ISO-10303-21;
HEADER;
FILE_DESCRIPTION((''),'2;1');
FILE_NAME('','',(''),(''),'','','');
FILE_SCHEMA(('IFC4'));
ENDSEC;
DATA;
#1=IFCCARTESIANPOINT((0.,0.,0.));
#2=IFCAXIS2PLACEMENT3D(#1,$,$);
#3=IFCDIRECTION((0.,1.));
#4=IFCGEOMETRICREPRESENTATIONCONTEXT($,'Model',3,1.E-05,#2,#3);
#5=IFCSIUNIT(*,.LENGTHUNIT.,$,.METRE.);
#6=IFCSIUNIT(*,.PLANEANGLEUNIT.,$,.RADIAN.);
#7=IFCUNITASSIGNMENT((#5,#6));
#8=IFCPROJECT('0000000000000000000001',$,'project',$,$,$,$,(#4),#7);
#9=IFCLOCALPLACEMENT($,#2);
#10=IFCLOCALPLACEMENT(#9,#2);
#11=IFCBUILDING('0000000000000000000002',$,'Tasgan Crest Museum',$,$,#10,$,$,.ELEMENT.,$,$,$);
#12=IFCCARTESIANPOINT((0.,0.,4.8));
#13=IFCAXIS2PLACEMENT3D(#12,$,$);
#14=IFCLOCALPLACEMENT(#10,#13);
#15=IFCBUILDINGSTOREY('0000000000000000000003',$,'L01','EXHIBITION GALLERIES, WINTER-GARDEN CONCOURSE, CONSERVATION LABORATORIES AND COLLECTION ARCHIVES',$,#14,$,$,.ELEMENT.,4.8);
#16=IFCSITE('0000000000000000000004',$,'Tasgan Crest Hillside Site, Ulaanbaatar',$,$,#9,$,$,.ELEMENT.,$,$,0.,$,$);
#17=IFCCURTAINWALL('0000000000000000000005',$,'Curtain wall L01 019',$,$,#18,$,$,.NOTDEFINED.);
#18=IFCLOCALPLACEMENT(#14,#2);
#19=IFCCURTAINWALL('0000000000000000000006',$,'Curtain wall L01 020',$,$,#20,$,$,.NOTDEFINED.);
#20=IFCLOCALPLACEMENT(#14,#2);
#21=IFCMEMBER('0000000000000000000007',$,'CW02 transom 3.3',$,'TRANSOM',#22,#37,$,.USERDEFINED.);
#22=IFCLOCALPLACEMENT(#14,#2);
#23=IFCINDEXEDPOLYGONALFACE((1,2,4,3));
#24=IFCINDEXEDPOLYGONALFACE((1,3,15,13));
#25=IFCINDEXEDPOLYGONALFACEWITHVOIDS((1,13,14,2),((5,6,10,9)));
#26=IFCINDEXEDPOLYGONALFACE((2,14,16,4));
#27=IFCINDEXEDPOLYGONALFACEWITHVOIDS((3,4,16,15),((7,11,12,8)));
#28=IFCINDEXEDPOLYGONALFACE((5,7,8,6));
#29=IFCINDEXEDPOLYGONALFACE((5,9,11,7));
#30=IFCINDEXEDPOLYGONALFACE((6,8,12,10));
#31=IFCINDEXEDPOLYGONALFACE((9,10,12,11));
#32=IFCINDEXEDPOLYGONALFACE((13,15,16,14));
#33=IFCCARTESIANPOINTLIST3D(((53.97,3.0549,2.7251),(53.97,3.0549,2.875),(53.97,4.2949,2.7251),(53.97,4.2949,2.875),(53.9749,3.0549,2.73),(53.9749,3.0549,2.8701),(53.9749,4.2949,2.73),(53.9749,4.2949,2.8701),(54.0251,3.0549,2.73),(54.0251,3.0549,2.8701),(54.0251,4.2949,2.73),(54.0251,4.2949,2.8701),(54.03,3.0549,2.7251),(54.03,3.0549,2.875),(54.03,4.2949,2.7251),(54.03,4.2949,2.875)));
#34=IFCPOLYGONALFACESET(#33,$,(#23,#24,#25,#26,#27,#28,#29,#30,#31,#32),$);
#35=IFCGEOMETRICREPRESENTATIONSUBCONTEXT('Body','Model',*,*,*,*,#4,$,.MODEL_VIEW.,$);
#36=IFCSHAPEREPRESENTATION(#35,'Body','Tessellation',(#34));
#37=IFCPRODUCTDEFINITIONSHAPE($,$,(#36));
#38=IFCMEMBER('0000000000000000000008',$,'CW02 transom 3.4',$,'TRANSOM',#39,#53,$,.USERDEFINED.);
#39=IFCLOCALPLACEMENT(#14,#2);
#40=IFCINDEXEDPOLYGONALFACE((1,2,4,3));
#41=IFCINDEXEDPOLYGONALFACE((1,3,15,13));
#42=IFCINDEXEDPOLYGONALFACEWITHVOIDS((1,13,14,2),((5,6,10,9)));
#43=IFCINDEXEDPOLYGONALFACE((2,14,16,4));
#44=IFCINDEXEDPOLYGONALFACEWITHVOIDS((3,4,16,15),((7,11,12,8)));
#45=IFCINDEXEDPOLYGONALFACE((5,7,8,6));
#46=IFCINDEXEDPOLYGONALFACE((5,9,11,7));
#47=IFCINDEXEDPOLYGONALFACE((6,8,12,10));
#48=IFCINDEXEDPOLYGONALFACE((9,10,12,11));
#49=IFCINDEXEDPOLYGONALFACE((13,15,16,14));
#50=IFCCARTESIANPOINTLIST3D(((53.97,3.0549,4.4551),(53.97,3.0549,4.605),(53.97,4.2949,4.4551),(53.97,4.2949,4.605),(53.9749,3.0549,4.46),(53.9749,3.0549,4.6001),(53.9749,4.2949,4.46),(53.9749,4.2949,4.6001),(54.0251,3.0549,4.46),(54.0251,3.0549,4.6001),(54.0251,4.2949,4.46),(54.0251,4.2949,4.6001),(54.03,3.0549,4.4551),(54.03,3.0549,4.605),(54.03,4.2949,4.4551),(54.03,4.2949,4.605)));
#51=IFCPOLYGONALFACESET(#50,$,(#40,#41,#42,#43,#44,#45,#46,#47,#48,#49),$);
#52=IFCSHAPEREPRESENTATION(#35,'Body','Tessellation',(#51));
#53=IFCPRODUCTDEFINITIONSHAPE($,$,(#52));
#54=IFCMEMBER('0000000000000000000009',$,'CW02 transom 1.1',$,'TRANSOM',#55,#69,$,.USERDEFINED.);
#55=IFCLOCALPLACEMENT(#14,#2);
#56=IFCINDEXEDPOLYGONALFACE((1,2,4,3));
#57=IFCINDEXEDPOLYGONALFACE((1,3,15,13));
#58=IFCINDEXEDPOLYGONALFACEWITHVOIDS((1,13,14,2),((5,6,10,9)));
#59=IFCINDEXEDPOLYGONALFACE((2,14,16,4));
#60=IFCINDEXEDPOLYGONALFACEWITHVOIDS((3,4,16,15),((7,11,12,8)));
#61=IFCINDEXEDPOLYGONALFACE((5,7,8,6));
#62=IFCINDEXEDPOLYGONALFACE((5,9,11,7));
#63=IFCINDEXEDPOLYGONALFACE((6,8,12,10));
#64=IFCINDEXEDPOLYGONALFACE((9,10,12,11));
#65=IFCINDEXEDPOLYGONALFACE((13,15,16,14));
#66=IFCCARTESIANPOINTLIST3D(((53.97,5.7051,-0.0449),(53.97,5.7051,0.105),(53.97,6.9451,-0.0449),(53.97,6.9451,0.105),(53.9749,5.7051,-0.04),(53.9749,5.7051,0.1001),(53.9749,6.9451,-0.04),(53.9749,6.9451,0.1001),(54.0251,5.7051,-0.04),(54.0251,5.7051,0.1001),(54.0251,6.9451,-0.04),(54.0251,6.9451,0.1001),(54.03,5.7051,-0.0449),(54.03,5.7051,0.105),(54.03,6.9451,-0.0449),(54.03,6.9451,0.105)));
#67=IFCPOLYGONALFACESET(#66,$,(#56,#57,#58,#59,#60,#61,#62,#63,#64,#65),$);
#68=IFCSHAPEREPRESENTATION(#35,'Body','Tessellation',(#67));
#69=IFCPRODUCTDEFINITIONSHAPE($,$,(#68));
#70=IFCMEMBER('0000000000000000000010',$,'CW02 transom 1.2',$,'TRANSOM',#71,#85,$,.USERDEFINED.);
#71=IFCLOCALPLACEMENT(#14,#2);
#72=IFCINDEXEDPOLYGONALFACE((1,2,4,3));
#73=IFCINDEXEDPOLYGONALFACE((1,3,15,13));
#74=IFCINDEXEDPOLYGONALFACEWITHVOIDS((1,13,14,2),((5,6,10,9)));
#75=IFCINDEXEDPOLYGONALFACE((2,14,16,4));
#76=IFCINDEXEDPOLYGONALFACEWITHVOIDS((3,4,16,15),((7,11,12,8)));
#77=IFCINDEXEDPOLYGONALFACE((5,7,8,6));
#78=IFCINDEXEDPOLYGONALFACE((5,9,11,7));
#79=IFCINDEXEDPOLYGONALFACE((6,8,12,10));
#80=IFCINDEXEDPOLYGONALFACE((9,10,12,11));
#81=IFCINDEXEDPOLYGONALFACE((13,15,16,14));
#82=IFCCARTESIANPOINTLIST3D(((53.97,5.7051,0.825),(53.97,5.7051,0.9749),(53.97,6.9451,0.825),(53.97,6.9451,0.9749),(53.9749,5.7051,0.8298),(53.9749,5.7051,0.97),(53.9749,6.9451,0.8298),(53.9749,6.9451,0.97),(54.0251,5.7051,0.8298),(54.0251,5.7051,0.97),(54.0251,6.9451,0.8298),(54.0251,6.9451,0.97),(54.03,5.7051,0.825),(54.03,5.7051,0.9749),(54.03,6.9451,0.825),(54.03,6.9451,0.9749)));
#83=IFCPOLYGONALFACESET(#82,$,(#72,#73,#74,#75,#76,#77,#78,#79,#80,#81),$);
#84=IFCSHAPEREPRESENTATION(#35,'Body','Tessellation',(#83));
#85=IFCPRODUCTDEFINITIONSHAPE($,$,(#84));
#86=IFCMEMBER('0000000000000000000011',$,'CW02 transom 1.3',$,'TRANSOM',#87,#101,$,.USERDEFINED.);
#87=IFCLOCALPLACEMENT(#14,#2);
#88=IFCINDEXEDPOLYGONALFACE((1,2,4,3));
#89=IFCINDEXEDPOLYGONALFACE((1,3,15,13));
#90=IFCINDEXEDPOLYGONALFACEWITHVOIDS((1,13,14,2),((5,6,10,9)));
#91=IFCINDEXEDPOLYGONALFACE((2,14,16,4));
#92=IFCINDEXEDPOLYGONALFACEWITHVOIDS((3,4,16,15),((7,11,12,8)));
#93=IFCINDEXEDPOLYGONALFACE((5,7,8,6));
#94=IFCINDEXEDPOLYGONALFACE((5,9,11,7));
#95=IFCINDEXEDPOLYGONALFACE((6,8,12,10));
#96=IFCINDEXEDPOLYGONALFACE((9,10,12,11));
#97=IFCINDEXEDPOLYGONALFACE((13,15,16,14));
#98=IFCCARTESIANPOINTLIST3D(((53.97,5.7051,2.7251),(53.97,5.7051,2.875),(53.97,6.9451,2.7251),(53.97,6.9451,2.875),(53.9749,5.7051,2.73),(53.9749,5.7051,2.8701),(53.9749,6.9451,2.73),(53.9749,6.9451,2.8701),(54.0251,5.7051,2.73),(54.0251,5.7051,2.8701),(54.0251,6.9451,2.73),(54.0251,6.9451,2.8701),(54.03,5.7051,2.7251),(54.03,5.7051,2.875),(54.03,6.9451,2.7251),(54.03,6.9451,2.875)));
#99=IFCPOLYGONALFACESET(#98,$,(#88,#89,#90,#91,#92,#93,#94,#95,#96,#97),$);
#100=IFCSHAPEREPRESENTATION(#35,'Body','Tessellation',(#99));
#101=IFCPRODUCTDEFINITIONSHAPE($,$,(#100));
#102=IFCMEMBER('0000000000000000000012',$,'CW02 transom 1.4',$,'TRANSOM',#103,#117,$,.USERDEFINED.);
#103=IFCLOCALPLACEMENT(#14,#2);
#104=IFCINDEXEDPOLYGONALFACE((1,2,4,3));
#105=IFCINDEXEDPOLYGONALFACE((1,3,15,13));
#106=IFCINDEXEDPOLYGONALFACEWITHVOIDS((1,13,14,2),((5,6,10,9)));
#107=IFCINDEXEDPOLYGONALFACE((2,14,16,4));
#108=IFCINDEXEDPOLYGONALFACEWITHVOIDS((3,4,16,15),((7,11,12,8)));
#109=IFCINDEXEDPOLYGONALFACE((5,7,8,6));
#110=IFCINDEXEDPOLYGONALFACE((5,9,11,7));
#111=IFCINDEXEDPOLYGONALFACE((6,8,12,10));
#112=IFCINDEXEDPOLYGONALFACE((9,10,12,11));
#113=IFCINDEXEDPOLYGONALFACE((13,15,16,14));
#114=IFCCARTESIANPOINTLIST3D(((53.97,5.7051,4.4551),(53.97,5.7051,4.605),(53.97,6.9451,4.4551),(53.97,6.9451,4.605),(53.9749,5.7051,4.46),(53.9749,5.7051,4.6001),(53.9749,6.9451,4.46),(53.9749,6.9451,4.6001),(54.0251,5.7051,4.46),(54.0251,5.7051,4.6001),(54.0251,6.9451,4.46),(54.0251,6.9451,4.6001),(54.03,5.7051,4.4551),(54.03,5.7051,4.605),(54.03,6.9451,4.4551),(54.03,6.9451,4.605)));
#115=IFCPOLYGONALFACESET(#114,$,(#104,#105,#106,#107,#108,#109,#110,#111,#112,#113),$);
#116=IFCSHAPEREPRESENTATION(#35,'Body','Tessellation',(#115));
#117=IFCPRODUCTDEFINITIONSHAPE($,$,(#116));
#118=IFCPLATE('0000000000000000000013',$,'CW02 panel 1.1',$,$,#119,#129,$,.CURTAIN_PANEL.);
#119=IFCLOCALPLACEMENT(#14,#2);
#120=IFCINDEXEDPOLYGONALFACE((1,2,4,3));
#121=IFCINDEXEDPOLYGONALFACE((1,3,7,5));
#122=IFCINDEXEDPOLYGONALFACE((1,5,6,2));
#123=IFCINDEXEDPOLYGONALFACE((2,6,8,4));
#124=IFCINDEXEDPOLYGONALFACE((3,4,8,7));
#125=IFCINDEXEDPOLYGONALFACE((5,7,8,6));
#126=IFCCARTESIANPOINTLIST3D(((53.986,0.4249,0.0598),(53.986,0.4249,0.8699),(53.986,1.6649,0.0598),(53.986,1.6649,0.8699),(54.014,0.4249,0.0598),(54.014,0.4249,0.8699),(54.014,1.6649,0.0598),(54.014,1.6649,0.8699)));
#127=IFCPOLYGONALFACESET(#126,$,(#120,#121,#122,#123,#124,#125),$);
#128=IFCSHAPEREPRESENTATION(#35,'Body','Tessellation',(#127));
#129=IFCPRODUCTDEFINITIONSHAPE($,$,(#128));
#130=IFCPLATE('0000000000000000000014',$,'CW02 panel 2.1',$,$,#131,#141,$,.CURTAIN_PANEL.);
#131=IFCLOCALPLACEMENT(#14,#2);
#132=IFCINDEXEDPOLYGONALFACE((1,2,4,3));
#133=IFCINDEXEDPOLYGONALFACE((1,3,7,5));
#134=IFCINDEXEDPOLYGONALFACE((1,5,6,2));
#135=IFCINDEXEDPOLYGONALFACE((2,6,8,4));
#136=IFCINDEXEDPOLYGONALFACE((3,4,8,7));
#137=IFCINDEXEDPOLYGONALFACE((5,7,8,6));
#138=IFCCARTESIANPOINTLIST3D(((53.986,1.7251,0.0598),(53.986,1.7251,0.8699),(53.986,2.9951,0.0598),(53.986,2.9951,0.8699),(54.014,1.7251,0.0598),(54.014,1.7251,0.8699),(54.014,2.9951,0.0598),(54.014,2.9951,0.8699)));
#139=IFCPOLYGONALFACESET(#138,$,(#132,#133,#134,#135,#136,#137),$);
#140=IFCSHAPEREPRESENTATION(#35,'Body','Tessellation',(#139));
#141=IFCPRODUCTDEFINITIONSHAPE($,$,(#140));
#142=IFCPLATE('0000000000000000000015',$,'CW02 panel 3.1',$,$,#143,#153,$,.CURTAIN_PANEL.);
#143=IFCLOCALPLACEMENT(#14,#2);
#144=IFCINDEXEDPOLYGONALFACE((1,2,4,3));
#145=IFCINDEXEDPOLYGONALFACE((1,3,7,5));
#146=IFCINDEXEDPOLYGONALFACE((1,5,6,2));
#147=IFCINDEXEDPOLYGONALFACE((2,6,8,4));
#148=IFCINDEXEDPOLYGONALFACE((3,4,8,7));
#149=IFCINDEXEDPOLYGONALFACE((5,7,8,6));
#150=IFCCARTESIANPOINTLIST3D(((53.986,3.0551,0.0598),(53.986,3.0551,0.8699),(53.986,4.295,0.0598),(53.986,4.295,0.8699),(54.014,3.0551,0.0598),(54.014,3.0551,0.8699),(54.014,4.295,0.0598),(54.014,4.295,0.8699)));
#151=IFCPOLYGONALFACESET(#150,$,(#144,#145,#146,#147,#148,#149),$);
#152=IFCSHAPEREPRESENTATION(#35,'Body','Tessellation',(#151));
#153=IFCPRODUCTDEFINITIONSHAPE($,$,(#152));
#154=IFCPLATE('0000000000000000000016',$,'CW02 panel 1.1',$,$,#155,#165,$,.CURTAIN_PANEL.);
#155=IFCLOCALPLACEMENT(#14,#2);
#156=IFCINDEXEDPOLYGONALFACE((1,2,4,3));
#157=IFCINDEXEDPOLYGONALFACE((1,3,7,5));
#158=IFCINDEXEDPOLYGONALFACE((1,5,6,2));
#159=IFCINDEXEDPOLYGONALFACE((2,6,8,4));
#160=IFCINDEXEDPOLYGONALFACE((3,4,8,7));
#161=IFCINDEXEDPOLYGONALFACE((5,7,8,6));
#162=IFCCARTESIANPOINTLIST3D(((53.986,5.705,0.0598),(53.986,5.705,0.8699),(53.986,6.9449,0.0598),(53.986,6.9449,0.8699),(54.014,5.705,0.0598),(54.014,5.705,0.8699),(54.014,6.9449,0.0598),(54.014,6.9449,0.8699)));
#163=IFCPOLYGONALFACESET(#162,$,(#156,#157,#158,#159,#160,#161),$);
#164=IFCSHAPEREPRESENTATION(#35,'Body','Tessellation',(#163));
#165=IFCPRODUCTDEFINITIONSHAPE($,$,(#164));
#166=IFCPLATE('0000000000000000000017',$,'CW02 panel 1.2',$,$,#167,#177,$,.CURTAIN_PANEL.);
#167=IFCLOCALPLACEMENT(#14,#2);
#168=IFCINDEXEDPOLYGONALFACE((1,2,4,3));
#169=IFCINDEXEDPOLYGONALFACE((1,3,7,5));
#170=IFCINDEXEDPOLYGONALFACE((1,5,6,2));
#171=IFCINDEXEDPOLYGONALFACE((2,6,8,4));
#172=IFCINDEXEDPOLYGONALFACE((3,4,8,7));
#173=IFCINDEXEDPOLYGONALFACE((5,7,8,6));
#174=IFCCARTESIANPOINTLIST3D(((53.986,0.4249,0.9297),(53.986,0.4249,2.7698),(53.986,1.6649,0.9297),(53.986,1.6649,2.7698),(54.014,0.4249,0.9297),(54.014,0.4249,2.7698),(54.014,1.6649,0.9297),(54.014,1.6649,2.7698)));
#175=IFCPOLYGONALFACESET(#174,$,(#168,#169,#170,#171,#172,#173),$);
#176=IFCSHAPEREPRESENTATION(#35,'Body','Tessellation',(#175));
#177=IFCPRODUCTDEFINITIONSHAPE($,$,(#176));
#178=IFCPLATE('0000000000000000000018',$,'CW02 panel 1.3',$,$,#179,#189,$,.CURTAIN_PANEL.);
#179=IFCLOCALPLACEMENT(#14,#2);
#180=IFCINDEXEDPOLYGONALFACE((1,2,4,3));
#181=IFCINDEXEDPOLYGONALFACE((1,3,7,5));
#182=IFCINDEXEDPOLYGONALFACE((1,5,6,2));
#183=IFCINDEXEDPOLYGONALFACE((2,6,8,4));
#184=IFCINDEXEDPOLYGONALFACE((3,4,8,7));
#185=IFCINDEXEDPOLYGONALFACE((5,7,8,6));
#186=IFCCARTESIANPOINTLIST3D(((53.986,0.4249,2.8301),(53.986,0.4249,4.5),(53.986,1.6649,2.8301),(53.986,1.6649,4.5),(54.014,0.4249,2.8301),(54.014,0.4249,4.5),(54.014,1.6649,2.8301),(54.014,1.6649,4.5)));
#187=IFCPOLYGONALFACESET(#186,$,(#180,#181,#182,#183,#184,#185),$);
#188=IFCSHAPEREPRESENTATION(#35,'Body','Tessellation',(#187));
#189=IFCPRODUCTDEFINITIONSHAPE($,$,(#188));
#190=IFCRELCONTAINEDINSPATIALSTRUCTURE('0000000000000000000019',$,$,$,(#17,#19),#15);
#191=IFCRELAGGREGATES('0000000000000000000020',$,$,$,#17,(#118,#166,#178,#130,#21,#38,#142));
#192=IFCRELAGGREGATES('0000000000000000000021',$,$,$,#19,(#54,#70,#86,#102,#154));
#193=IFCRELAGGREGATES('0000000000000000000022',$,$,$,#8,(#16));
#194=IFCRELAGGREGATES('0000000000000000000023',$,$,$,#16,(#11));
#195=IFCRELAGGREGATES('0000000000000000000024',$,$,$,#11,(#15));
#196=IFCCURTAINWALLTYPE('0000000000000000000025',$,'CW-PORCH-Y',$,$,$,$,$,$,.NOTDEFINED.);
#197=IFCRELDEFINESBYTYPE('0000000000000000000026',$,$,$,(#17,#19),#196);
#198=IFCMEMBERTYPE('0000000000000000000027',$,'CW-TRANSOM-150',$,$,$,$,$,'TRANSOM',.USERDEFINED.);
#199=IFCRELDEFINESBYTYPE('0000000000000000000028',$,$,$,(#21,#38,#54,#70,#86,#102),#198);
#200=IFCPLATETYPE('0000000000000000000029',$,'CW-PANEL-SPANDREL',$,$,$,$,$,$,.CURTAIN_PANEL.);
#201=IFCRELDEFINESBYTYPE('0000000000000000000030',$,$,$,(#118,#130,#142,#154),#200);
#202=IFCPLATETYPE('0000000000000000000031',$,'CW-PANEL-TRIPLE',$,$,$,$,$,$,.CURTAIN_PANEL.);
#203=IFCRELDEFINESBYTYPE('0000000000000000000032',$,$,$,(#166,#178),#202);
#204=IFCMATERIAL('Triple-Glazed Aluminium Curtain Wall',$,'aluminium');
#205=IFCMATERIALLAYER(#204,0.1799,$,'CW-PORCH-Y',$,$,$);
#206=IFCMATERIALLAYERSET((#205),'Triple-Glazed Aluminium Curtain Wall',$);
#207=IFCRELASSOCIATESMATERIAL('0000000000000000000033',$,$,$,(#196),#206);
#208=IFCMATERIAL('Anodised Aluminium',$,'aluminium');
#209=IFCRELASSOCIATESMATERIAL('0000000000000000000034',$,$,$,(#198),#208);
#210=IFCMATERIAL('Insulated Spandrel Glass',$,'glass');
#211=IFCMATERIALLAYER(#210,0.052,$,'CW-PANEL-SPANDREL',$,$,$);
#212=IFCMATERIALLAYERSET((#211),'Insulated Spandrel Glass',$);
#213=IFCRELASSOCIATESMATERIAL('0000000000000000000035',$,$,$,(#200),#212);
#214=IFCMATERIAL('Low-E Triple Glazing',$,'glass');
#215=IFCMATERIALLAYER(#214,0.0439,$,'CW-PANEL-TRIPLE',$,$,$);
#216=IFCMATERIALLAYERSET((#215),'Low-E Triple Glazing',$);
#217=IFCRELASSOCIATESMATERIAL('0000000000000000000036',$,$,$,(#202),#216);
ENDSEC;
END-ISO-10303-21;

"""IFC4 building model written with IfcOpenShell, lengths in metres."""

from ifc_helpers import new_model, si_unit, direction, frame, origin, origin_2d, place, context, subcontext, project, spatial, rectangle, hollow_rectangle, extrude, material, layer, layer_set, material_profile, profile_set, type_object, element, aggregate, save


model = new_model("IFC4")

# Units and contexts
model_context = context("Model", 3, precision=1e-05, world=origin(), true_north=direction((0.0, 1.0)))
body_context = subcontext(model_context, "Body", "Model", "MODEL_VIEW")
ifc_project = project(units=[si_unit("LENGTHUNIT", "METRE"), si_unit("PLANEANGLEUNIT", "RADIAN")], contexts=[model_context])

# Site, building, storey
site_placement = place(None, origin())
site = spatial("IfcSite", under=ifc_project, at=site_placement, Name="Tasgan Crest Hillside Site, Ulaanbaatar", CompositionType="ELEMENT", RefElevation=0.0)
building_placement = place(site_placement, origin())
building = spatial("IfcBuilding", under=site, at=building_placement, Name="Tasgan Crest Museum", CompositionType="ELEMENT")
storey_placement = place(building_placement, frame((0.0, 0.0, 4.8)))
storey = spatial("IfcBuildingStorey", under=building, at=storey_placement, Name="L01", Description="EXHIBITION GALLERIES, WINTER-GARDEN CONCOURSE, CONSERVATION LABORATORIES AND COLLECTION ARCHIVES", CompositionType="ELEMENT", Elevation=4.8)

# Curtain wall
ifc_material_1 = material(Name="Triple-Glazed Aluminium Curtain Wall", Category="aluminium")
ifc_layer_1 = layer(ifc_material_1, 0.1799, Name="CW-PORCH-Y")
ifc_layer_set_1 = layer_set([ifc_layer_1], Name="Triple-Glazed Aluminium Curtain Wall")
curtain_wall_type = type_object("IfcCurtainWallType", Name="CW-PORCH-Y", PredefinedType="NOTDEFINED", material=ifc_layer_set_1)
curtain_wall_1_placement = place(storey_placement, origin())
curtain_wall_1 = element("IfcCurtainWall", 1, at=curtain_wall_1_placement, inside=storey, type_object=curtain_wall_type, Name="Curtain wall L01 019", PredefinedType="NOTDEFINED")

# Curtain wall
curtain_wall_2_placement = place(storey_placement, origin())
curtain_wall_2 = element("IfcCurtainWall", 2, at=curtain_wall_2_placement, inside=storey, type_object=curtain_wall_type, Name="Curtain wall L01 020", PredefinedType="NOTDEFINED")

# Members
ifc_material_2 = material(Name="Anodised Aluminium", Category="aluminium")
ifc_material_profile_1 = material_profile(ifc_material_2, hollow_rectangle(XDim=0.0601, YDim=0.1499, WallThickness=0.0049, at=origin_2d()), Name="ALU TRANSOM 150x60x5")
ifc_profile_set_1 = profile_set([ifc_material_profile_1], Name="Anodised Aluminium")
member_type_1 = type_object("IfcMemberType", Name="CW-TRANSOM-150", ElementType="TRANSOM", PredefinedType="USERDEFINED", material=ifc_profile_set_1)
member_1_placement = place(storey_placement, frame((54.0, 3.0549, 2.8), z_axis=(0.0, 1.0, 0.0), x_axis=(-1.0, 0.0, 0.0)))
member_1 = element("IfcMember", 3, at=member_1_placement, type_object=member_type_1, Name="CW02 transom 3.3", ObjectType="TRANSOM", PredefinedType="USERDEFINED", context=body_context, shape_type="SweptSolid", body=[
    extrude(hollow_rectangle(XDim=0.0601, YDim=0.1499, WallThickness=0.0049, at=origin_2d()), origin(), (0.0, 0.0, 1.0), 1.24),
])
member_2_placement = place(storey_placement, frame((54.0, 3.0549, 4.53), z_axis=(0.0, 1.0, 0.0), x_axis=(-1.0, 0.0, 0.0)))
member_2 = element("IfcMember", 4, at=member_2_placement, type_object=member_type_1, Name="CW02 transom 3.4", ObjectType="TRANSOM", PredefinedType="USERDEFINED", context=body_context, shape_type="SweptSolid", body=[
    extrude(hollow_rectangle(XDim=0.0601, YDim=0.1499, WallThickness=0.0049, at=origin_2d()), origin(), (0.0, 0.0, 1.0), 1.24),
])
member_3_placement = place(storey_placement, frame((54.0, 5.7051, 0.03), z_axis=(0.0, 1.0, 0.0), x_axis=(-1.0, 0.0, 0.0)))
member_3 = element("IfcMember", 5, at=member_3_placement, type_object=member_type_1, Name="CW02 transom 1.1", ObjectType="TRANSOM", PredefinedType="USERDEFINED", context=body_context, shape_type="SweptSolid", body=[
    extrude(hollow_rectangle(XDim=0.0601, YDim=0.1499, WallThickness=0.0049, at=origin_2d()), origin(), (0.0, 0.0, 1.0), 1.24),
])
member_4_placement = place(storey_placement, frame((54.0, 5.7051, 0.8999), z_axis=(0.0, 1.0, 0.0), x_axis=(-1.0, 0.0, 0.0)))
member_4 = element("IfcMember", 6, at=member_4_placement, type_object=member_type_1, Name="CW02 transom 1.2", ObjectType="TRANSOM", PredefinedType="USERDEFINED", context=body_context, shape_type="SweptSolid", body=[
    extrude(hollow_rectangle(XDim=0.0601, YDim=0.1499, WallThickness=0.0049, at=origin_2d()), origin(), (0.0, 0.0, 1.0), 1.24),
])
member_5_placement = place(storey_placement, frame((54.0, 5.7051, 2.8), z_axis=(0.0, 1.0, 0.0), x_axis=(-1.0, 0.0, 0.0)))
member_5 = element("IfcMember", 7, at=member_5_placement, type_object=member_type_1, Name="CW02 transom 1.3", ObjectType="TRANSOM", PredefinedType="USERDEFINED", context=body_context, shape_type="SweptSolid", body=[
    extrude(hollow_rectangle(XDim=0.0601, YDim=0.1499, WallThickness=0.0049, at=origin_2d()), origin(), (0.0, 0.0, 1.0), 1.24),
])
member_6_placement = place(storey_placement, frame((54.0, 5.7051, 4.53), z_axis=(0.0, 1.0, 0.0), x_axis=(-1.0, 0.0, 0.0)))
member_6 = element("IfcMember", 8, at=member_6_placement, type_object=member_type_1, Name="CW02 transom 1.4", ObjectType="TRANSOM", PredefinedType="USERDEFINED", context=body_context, shape_type="SweptSolid", body=[
    extrude(hollow_rectangle(XDim=0.0601, YDim=0.1499, WallThickness=0.0049, at=origin_2d()), origin(), (0.0, 0.0, 1.0), 1.24),
])

# Plates
ifc_material_3 = material(Name="Insulated Spandrel Glass", Category="glass")
ifc_layer_2 = layer(ifc_material_3, 0.052, Name="CW-PANEL-SPANDREL")
ifc_layer_set_2 = layer_set([ifc_layer_2], Name="Insulated Spandrel Glass")
plate_type_1 = type_object("IfcPlateType", Name="CW-PANEL-SPANDREL", PredefinedType="CURTAIN_PANEL", material=ifc_layer_set_2)
plate_1_placement = place(storey_placement, frame((54.0, 1.0449, 0.0598), z_axis=(0.0, 0.0, 1.0), x_axis=(0.0, 1.0, 0.0)))
plate_1 = element("IfcPlate", 9, at=plate_1_placement, type_object=plate_type_1, Name="CW02 panel 1.1", PredefinedType="CURTAIN_PANEL", context=body_context, shape_type="SweptSolid", body=[
    extrude(rectangle(XDim=1.24, YDim=0.0281, at=origin_2d()), origin(), (0.0, 0.0, 1.0), 0.8101),
])
plate_2_placement = place(storey_placement, frame((54.0, 2.3601, 0.0598), z_axis=(0.0, 0.0, 1.0), x_axis=(0.0, 1.0, 0.0)))
plate_2 = element("IfcPlate", 10, at=plate_2_placement, type_object=plate_type_1, Name="CW02 panel 2.1", PredefinedType="CURTAIN_PANEL", context=body_context, shape_type="SweptSolid", body=[
    extrude(rectangle(XDim=1.27, YDim=0.0281, at=origin_2d()), origin(), (0.0, 0.0, 1.0), 0.8101),
])
plate_3_placement = place(storey_placement, frame((54.0, 3.675, 0.0598), z_axis=(0.0, 0.0, 1.0), x_axis=(0.0, 1.0, 0.0)))
plate_3 = element("IfcPlate", 11, at=plate_3_placement, type_object=plate_type_1, Name="CW02 panel 3.1", PredefinedType="CURTAIN_PANEL", context=body_context, shape_type="SweptSolid", body=[
    extrude(rectangle(XDim=1.24, YDim=0.0281, at=origin_2d()), origin(), (0.0, 0.0, 1.0), 0.8101),
])
plate_4_placement = place(storey_placement, frame((54.0, 6.325, 0.0598), z_axis=(0.0, 0.0, 1.0), x_axis=(0.0, 1.0, 0.0)))
plate_4 = element("IfcPlate", 12, at=plate_4_placement, type_object=plate_type_1, Name="CW02 panel 1.1", PredefinedType="CURTAIN_PANEL", context=body_context, shape_type="SweptSolid", body=[
    extrude(rectangle(XDim=1.24, YDim=0.0281, at=origin_2d()), origin(), (0.0, 0.0, 1.0), 0.8101),
])
ifc_material_4 = material(Name="Low-E Triple Glazing", Category="glass")
ifc_layer_3 = layer(ifc_material_4, 0.0439, Name="CW-PANEL-TRIPLE")
ifc_layer_set_3 = layer_set([ifc_layer_3], Name="Low-E Triple Glazing")
plate_type_2 = type_object("IfcPlateType", Name="CW-PANEL-TRIPLE", PredefinedType="CURTAIN_PANEL", material=ifc_layer_set_3)
plate_5_placement = place(storey_placement, frame((54.0, 1.0449, 0.9297), z_axis=(0.0, 0.0, 1.0), x_axis=(0.0, 1.0, 0.0)))
plate_5 = element("IfcPlate", 13, at=plate_5_placement, type_object=plate_type_2, Name="CW02 panel 1.2", PredefinedType="CURTAIN_PANEL", context=body_context, shape_type="SweptSolid", body=[
    extrude(rectangle(XDim=1.24, YDim=0.0281, at=origin_2d()), origin(), (0.0, 0.0, 1.0), 1.8401),
])
plate_6_placement = place(storey_placement, frame((54.0, 1.0449, 2.8301), z_axis=(0.0, 0.0, 1.0), x_axis=(0.0, 1.0, 0.0)))
plate_6 = element("IfcPlate", 14, at=plate_6_placement, type_object=plate_type_2, Name="CW02 panel 1.3", PredefinedType="CURTAIN_PANEL", context=body_context, shape_type="SweptSolid", body=[
    extrude(rectangle(XDim=1.24, YDim=0.0281, at=origin_2d()), origin(), (0.0, 0.0, 1.0), 1.6699),
])
aggregate(curtain_wall_1, [plate_1, plate_5, plate_6, plate_2, member_1, member_2, plate_3])
aggregate(curtain_wall_2, [member_3, member_4, member_5, member_6, plate_4])

save(model, "model.ifc")
